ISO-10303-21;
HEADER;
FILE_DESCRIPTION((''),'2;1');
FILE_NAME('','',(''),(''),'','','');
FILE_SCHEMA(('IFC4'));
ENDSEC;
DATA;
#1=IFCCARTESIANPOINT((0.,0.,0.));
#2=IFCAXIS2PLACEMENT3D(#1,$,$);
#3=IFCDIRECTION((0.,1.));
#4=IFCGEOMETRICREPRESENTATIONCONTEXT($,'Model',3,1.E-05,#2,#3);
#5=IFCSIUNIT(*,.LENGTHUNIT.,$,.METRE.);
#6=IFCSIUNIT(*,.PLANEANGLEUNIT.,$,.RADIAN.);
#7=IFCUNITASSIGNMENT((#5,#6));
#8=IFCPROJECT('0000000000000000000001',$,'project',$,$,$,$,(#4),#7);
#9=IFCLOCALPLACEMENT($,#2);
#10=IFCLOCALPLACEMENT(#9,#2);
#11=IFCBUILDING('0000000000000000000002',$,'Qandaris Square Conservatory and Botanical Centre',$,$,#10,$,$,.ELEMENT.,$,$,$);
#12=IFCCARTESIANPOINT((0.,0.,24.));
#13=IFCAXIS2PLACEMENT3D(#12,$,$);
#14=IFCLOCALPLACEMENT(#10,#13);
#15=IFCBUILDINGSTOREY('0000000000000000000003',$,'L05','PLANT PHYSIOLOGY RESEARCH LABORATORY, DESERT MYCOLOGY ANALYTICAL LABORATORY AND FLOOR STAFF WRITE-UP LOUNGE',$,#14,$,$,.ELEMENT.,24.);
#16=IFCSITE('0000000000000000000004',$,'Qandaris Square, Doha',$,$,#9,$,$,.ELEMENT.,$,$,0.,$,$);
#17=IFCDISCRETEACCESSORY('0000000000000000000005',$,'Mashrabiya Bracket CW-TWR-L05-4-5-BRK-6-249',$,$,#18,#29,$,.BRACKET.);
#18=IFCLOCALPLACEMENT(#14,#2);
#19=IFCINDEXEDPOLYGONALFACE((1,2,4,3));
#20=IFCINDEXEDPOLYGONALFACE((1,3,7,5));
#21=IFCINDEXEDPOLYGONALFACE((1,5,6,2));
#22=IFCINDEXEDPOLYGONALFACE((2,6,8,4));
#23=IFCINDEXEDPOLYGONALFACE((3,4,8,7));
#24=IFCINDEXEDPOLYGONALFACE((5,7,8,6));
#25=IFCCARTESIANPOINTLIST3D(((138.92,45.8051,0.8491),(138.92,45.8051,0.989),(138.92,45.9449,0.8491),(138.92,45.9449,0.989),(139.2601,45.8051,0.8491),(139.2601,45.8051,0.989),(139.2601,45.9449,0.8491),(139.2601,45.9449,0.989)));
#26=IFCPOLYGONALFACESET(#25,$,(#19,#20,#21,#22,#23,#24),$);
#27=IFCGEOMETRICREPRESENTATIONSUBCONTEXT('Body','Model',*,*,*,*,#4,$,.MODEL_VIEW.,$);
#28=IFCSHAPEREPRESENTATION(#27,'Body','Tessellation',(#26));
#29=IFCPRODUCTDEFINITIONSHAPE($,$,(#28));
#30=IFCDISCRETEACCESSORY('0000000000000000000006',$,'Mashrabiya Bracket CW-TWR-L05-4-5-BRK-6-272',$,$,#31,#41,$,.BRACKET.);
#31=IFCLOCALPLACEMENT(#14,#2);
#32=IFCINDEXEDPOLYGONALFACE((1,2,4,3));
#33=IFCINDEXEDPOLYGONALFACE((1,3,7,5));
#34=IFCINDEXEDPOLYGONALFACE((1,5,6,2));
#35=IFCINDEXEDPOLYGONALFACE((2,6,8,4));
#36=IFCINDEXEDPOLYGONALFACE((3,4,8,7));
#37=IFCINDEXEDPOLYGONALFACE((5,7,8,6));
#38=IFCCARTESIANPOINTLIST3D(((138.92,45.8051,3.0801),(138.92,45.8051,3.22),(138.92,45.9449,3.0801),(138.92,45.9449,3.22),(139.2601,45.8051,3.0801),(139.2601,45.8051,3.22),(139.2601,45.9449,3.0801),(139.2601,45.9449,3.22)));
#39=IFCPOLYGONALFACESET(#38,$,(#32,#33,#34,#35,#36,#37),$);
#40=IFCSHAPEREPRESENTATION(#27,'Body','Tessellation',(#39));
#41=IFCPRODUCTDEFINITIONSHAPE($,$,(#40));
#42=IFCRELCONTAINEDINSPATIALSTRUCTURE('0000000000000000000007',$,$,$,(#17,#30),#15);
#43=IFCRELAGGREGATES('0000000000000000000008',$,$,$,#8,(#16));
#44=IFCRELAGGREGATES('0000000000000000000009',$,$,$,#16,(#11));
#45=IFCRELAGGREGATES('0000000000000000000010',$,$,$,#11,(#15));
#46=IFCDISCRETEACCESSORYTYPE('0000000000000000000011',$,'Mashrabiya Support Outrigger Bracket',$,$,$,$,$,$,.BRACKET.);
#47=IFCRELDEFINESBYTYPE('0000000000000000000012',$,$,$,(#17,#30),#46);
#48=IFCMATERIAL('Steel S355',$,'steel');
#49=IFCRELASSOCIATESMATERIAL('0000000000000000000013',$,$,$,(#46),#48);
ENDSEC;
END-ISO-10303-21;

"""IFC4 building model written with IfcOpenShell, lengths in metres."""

from ifc_helpers import new_model, si_unit, direction, frame, origin, origin_2d, place, context, subcontext, project, spatial, rectangle, extrude, material, type_object, element, save


model = new_model("IFC4")

# Units and contexts
model_context = context("Model", 3, precision=1e-05, world=origin(), true_north=direction((0.0, 1.0)))
body_context = subcontext(model_context, "Body", "Model", "MODEL_VIEW")
ifc_project = project(units=[si_unit("LENGTHUNIT", "METRE"), si_unit("PLANEANGLEUNIT", "RADIAN")], contexts=[model_context])

# Site, building, storey
site_placement = place(None, origin())
site = spatial("IfcSite", under=ifc_project, at=site_placement, Name="Qandaris Square, Doha", CompositionType="ELEMENT", RefElevation=0.0)
building_placement = place(site_placement, origin())
building = spatial("IfcBuilding", under=site, at=building_placement, Name="Qandaris Square Conservatory and Botanical Centre", CompositionType="ELEMENT")
storey_placement = place(building_placement, frame((0.0, 0.0, 24.0)))
storey = spatial("IfcBuildingStorey", under=building, at=storey_placement, Name="L05", Description="PLANT PHYSIOLOGY RESEARCH LABORATORY, DESERT MYCOLOGY ANALYTICAL LABORATORY AND FLOOR STAFF WRITE-UP LOUNGE", CompositionType="ELEMENT", Elevation=24.0)

# Shared definitions
ifc_material_1 = material(Name="Steel S355", Category="steel")

# Discrete accessories
discrete_accessory_type = type_object("IfcDiscreteAccessoryType", Name="Mashrabiya Support Outrigger Bracket", PredefinedType="BRACKET", material=ifc_material_1)
for number, where, z_axis, x_axis, name in (
    (1, (139.0901, 45.875, 0.8491), (0.0, 0.0, 1.0), (0.0, -1.0, 0.0), "Mashrabiya Bracket CW-TWR-L05-4-5-BRK-6-249"),
    (2, (139.0901, 45.875, 3.0801), (0.0, 0.0, 1.0), (0.0, -1.0, 0.0), "Mashrabiya Bracket CW-TWR-L05-4-5-BRK-6-272"),
):
    element("IfcDiscreteAccessory", number, at=place(storey_placement, frame(where, z_axis=z_axis, x_axis=x_axis)), inside=storey, type_object=discrete_accessory_type, Name=name, PredefinedType="BRACKET", context=body_context, shape_type="SweptSolid", body=[
        extrude(rectangle(XDim=0.1399, YDim=0.3401, at=origin_2d()), origin(), (0.0, 0.0, 1.0), 0.1399),
    ])

save(model, "model.ifc")
